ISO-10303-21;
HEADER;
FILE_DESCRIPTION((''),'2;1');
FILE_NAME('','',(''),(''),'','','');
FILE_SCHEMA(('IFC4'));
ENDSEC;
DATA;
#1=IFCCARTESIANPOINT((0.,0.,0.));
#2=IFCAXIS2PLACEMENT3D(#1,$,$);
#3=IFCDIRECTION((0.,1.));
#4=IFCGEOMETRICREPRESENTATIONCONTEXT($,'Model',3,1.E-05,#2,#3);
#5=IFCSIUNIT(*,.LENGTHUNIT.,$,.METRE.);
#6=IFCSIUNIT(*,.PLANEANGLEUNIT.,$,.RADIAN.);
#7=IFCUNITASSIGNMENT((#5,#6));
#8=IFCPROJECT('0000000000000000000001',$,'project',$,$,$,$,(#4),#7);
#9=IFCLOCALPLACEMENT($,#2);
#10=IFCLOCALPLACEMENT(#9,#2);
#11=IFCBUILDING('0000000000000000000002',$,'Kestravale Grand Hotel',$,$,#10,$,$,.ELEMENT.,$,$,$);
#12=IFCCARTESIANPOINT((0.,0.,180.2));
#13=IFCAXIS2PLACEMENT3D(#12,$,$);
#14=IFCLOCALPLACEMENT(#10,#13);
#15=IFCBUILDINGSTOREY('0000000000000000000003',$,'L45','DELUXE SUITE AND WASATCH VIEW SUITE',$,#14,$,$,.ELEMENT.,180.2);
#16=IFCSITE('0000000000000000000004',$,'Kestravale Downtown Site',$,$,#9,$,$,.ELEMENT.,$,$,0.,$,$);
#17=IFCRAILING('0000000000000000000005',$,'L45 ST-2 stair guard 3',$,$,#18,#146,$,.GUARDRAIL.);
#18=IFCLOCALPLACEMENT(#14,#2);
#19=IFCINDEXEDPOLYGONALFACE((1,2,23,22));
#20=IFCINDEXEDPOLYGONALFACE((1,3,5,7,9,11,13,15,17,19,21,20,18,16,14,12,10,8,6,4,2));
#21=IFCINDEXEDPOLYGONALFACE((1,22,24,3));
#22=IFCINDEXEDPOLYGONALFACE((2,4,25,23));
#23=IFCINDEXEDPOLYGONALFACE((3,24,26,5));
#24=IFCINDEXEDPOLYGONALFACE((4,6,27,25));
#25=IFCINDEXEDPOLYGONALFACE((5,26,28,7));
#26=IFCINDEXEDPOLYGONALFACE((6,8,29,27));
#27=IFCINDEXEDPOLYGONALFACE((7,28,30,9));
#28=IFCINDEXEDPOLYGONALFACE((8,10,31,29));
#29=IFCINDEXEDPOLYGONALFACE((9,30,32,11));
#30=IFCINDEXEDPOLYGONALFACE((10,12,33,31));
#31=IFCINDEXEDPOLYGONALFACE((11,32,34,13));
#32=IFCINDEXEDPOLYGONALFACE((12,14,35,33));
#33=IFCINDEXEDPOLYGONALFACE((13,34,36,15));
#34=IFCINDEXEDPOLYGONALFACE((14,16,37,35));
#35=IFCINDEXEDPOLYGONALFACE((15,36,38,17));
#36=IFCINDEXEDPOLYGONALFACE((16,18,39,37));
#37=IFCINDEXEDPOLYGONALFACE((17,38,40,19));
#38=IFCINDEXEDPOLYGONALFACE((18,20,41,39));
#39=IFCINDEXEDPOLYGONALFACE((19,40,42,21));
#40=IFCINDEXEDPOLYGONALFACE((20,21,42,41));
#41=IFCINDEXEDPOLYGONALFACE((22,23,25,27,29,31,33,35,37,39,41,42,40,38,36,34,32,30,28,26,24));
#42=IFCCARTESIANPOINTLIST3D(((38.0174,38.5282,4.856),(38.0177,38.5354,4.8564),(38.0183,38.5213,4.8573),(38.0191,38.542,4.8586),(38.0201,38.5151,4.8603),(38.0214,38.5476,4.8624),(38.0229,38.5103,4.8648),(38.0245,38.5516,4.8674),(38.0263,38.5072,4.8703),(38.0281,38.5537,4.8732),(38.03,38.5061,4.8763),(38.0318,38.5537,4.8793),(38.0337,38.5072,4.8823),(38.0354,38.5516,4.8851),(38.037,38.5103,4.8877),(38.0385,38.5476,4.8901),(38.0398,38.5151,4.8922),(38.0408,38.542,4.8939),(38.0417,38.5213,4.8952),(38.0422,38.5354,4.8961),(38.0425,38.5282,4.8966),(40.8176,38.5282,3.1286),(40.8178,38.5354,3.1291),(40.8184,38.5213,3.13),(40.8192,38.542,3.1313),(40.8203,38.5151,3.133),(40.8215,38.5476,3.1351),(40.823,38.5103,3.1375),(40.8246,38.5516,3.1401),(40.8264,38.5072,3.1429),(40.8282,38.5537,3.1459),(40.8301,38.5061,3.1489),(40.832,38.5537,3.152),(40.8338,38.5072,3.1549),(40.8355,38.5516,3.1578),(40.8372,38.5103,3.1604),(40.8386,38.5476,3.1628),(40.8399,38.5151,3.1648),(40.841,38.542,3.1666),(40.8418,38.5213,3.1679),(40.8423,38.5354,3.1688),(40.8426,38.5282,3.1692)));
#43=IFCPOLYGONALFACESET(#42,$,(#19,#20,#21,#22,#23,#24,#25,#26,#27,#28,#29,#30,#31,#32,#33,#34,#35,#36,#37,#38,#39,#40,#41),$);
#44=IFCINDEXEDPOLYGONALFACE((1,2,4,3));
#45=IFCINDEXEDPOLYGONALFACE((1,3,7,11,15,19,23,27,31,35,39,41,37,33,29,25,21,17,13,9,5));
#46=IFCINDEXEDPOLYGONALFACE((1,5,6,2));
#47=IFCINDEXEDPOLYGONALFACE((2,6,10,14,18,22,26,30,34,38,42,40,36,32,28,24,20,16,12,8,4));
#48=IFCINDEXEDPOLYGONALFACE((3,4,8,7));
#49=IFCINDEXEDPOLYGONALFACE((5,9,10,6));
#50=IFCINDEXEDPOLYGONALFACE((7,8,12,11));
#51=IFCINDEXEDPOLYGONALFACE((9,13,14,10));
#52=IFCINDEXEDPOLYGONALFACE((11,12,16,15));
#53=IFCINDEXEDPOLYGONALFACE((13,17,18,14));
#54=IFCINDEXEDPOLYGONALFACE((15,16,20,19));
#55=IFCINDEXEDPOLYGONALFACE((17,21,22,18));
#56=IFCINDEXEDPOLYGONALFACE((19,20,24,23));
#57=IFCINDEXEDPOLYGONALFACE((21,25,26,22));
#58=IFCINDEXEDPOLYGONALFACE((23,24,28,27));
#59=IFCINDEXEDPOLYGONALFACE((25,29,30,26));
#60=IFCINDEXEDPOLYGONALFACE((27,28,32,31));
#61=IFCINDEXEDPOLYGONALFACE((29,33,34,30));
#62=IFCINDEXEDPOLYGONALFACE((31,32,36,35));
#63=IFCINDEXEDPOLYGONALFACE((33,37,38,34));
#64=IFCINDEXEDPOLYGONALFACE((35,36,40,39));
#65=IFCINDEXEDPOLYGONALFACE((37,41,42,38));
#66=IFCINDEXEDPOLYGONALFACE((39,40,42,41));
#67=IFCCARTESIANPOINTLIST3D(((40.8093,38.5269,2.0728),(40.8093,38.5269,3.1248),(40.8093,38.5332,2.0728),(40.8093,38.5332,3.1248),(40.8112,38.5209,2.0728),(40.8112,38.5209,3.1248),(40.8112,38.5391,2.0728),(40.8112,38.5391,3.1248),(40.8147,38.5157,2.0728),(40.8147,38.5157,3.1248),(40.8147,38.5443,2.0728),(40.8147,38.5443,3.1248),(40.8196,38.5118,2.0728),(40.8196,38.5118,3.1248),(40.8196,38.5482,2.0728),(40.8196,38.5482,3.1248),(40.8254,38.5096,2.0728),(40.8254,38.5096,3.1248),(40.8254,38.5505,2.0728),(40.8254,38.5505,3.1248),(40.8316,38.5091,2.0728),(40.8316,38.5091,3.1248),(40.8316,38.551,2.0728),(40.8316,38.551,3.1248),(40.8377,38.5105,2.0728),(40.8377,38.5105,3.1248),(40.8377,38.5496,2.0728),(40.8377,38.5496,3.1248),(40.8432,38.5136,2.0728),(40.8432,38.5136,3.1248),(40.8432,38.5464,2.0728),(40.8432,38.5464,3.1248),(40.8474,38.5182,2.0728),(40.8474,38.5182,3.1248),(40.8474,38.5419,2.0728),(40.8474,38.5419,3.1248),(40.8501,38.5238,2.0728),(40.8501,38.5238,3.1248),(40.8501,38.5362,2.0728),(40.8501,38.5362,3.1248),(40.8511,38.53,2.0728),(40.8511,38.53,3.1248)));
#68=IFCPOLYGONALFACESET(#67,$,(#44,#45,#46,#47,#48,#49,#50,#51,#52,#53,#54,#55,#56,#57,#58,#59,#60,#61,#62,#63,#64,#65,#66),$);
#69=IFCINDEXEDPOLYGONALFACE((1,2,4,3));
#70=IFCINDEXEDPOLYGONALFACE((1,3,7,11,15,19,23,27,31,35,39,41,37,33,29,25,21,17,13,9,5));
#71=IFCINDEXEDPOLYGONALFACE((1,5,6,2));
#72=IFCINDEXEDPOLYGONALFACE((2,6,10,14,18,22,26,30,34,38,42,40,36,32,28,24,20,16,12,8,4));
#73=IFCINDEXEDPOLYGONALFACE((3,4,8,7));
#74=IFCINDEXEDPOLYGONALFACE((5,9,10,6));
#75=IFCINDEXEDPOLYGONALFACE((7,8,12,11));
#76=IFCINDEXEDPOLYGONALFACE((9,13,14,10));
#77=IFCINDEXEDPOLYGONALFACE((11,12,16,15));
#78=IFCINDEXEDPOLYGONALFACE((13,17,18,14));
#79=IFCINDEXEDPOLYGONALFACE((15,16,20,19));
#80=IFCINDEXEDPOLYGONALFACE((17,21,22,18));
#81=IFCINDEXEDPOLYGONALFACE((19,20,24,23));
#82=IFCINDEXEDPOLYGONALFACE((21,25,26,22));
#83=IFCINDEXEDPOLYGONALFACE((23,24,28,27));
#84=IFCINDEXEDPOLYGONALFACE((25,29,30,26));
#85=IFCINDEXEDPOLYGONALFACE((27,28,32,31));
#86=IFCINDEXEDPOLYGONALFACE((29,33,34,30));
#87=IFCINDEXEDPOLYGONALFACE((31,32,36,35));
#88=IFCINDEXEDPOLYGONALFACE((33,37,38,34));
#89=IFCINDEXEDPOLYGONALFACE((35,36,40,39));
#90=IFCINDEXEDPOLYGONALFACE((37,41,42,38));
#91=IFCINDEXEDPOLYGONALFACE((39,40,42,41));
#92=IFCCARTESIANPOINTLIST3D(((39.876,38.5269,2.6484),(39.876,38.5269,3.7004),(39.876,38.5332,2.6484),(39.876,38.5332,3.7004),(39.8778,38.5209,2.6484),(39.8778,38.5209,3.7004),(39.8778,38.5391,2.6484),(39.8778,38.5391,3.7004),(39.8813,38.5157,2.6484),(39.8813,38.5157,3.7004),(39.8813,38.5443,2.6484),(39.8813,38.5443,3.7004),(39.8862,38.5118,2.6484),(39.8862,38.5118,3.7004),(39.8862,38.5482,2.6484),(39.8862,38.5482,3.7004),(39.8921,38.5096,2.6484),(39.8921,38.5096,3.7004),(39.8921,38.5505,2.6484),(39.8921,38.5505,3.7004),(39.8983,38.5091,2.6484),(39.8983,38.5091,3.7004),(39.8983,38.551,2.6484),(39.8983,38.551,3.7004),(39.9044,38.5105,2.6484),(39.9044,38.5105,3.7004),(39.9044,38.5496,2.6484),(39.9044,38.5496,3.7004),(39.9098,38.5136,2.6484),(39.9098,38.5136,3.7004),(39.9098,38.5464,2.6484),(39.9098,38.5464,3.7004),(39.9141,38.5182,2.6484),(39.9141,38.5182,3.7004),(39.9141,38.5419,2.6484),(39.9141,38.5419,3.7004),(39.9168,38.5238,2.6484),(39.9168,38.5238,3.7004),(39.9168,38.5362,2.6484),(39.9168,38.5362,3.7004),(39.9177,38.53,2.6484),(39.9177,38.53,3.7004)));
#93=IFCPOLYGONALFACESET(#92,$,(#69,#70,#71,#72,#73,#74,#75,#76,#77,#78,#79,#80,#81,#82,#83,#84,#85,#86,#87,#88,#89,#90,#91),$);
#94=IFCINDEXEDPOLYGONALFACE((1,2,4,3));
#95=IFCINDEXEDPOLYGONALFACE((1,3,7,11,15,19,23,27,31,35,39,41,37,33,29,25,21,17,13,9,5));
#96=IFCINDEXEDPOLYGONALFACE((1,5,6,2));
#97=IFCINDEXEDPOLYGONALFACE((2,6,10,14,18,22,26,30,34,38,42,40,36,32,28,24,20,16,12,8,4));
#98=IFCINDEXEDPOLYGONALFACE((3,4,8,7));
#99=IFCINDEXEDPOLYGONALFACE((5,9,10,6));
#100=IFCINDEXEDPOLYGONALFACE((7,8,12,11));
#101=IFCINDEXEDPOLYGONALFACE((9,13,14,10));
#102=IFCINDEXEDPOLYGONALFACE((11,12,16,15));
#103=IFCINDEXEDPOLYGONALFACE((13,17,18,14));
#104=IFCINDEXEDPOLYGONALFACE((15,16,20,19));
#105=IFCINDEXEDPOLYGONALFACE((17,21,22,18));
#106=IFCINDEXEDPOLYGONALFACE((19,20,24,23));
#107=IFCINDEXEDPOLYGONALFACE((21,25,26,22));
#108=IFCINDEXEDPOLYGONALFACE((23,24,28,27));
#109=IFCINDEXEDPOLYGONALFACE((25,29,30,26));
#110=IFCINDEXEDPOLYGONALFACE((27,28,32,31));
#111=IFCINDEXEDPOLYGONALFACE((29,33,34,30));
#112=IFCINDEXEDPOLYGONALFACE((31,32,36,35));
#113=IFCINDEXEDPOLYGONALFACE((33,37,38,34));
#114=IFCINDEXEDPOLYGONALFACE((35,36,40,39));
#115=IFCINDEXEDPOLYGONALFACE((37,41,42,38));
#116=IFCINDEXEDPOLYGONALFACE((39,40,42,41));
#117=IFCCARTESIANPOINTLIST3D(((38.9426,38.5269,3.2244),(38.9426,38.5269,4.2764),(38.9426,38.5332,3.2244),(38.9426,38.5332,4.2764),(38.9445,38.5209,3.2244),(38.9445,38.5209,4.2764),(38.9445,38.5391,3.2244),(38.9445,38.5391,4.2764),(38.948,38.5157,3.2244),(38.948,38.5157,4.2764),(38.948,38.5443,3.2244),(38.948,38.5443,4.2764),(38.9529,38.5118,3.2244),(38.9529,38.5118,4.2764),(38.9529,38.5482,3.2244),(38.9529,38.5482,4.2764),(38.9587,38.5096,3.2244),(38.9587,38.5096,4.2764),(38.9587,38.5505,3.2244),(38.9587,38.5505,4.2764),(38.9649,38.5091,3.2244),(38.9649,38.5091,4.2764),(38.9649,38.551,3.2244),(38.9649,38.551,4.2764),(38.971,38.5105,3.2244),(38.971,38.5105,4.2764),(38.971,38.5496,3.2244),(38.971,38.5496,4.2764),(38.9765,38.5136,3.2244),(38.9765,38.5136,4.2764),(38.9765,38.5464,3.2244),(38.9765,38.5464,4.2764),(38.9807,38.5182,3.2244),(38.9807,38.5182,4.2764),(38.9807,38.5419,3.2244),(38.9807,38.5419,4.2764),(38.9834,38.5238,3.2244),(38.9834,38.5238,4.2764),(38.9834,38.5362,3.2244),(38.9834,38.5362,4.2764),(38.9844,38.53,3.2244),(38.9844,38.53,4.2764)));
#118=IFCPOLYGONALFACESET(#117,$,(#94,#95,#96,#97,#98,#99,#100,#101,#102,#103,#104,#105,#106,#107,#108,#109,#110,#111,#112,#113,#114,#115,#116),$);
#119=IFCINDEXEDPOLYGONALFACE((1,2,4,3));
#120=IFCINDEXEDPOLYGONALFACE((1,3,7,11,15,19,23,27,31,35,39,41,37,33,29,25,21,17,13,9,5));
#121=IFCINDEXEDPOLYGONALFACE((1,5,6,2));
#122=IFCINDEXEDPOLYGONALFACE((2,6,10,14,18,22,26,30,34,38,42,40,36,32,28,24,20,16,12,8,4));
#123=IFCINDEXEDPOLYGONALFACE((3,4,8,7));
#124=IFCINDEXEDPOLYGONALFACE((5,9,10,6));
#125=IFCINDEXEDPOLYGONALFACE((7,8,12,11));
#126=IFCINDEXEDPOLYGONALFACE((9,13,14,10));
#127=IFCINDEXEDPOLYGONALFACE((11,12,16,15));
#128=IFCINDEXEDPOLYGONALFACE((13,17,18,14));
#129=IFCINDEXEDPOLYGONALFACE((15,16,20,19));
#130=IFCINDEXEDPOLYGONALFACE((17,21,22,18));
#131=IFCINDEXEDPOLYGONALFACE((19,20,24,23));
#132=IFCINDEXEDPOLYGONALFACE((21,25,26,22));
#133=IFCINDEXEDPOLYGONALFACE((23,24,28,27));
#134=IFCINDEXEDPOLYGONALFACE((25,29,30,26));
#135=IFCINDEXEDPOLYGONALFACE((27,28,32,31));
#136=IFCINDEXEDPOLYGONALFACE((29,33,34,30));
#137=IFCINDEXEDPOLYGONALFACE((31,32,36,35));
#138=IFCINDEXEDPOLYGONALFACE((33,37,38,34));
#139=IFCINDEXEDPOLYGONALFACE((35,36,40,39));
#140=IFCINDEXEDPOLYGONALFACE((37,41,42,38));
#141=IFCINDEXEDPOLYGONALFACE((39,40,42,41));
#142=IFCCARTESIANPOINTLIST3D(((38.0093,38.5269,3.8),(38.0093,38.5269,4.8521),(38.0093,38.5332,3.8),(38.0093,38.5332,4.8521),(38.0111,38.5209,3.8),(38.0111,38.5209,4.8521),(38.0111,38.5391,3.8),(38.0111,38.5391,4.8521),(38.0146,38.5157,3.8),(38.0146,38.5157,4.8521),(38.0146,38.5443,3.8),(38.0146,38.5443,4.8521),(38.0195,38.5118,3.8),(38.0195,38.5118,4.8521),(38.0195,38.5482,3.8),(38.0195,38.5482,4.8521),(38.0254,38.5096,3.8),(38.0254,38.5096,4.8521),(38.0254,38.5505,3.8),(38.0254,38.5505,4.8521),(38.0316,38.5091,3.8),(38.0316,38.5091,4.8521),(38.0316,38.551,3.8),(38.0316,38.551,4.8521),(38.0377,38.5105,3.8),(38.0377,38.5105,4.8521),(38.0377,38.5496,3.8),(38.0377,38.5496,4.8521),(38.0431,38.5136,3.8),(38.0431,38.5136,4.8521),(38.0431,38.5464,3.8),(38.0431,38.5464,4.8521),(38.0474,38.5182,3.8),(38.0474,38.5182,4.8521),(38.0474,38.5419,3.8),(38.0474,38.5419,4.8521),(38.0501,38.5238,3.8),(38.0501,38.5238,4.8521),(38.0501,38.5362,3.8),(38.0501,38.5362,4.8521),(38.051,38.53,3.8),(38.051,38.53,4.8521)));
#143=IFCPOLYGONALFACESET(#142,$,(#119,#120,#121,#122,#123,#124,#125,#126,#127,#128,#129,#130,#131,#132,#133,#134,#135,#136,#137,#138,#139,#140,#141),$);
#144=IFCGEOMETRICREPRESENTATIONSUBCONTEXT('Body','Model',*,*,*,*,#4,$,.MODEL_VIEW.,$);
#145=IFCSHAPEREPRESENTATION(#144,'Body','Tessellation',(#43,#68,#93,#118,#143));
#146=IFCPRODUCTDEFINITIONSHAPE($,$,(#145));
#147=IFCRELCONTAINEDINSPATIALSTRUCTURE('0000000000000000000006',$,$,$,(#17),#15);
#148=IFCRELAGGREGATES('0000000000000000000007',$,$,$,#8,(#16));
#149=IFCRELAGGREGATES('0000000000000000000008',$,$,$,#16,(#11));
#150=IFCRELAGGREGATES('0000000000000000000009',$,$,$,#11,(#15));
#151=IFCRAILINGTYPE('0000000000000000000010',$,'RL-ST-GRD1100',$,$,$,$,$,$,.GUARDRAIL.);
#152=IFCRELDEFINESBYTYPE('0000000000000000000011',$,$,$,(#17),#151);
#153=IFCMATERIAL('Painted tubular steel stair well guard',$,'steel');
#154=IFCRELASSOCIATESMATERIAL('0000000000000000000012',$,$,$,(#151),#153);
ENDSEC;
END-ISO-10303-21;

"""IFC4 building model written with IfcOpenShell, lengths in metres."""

from ifc_helpers import new_model, si_unit, direction, frame, origin, origin_2d, place, context, subcontext, project, spatial, circle, extrude, material, type_object, element, save


model = new_model("IFC4")

# Units and contexts
model_context = context("Model", 3, precision=1e-05, world=origin(), true_north=direction((0.0, 1.0)))
body_context = subcontext(model_context, "Body", "Model", "MODEL_VIEW")
ifc_project = project(units=[si_unit("LENGTHUNIT", "METRE"), si_unit("PLANEANGLEUNIT", "RADIAN")], contexts=[model_context])

# Site, building, storey
site_placement = place(None, origin())
site = spatial("IfcSite", under=ifc_project, at=site_placement, Name="Kestravale Downtown Site", CompositionType="ELEMENT", RefElevation=0.0)
building_placement = place(site_placement, origin())
building = spatial("IfcBuilding", under=site, at=building_placement, Name="Kestravale Grand Hotel", CompositionType="ELEMENT")
storey_placement = place(building_placement, frame((0.0, 0.0, 180.2)))
storey = spatial("IfcBuildingStorey", under=building, at=storey_placement, Name="L45", Description="DELUXE SUITE AND WASATCH VIEW SUITE", CompositionType="ELEMENT", Elevation=180.2)

# Railing
ifc_material_1 = material(Name="Painted tubular steel stair well guard", Category="steel")
railing_type_1 = type_object("IfcRailingType", Name="RL-ST-GRD1100", PredefinedType="GUARDRAIL", material=ifc_material_1)
railing_1_placement = place(storey_placement, frame((40.8301, 38.53, 2.0728)))
element("IfcRailing", 1, at=railing_1_placement, inside=storey, type_object=railing_type_1, Name="L45 ST-2 stair guard 3", PredefinedType="GUARDRAIL", context=body_context, shape_type="SweptSolid", body=[
    extrude(circle(Radius=0.0239, at=origin_2d()), frame((0.0, 0.0, 1.0762), z_axis=(-0.85109, 0.0, 0.52502), x_axis=(0.0, -1.0, 0.0)), (0.0, 0.0, 1.0), 3.29),
    extrude(circle(Radius=0.021, at=origin_2d()), origin(), (0.0, 0.0, 1.0), 1.052),
    extrude(circle(Radius=0.021, at=origin_2d()), frame((-0.9333, 0.0, 0.5757)), (0.0, 0.0, 1.0), 1.052),
    extrude(circle(Radius=0.021, at=origin_2d()), frame((-1.8667, 0.0, 1.1516)), (0.0, 0.0, 1.0), 1.052),
    extrude(circle(Radius=0.021, at=origin_2d()), frame((-2.8, 0.0, 1.7273)), (0.0, 0.0, 1.0), 1.052),
])

save(model, "model.ifc")
